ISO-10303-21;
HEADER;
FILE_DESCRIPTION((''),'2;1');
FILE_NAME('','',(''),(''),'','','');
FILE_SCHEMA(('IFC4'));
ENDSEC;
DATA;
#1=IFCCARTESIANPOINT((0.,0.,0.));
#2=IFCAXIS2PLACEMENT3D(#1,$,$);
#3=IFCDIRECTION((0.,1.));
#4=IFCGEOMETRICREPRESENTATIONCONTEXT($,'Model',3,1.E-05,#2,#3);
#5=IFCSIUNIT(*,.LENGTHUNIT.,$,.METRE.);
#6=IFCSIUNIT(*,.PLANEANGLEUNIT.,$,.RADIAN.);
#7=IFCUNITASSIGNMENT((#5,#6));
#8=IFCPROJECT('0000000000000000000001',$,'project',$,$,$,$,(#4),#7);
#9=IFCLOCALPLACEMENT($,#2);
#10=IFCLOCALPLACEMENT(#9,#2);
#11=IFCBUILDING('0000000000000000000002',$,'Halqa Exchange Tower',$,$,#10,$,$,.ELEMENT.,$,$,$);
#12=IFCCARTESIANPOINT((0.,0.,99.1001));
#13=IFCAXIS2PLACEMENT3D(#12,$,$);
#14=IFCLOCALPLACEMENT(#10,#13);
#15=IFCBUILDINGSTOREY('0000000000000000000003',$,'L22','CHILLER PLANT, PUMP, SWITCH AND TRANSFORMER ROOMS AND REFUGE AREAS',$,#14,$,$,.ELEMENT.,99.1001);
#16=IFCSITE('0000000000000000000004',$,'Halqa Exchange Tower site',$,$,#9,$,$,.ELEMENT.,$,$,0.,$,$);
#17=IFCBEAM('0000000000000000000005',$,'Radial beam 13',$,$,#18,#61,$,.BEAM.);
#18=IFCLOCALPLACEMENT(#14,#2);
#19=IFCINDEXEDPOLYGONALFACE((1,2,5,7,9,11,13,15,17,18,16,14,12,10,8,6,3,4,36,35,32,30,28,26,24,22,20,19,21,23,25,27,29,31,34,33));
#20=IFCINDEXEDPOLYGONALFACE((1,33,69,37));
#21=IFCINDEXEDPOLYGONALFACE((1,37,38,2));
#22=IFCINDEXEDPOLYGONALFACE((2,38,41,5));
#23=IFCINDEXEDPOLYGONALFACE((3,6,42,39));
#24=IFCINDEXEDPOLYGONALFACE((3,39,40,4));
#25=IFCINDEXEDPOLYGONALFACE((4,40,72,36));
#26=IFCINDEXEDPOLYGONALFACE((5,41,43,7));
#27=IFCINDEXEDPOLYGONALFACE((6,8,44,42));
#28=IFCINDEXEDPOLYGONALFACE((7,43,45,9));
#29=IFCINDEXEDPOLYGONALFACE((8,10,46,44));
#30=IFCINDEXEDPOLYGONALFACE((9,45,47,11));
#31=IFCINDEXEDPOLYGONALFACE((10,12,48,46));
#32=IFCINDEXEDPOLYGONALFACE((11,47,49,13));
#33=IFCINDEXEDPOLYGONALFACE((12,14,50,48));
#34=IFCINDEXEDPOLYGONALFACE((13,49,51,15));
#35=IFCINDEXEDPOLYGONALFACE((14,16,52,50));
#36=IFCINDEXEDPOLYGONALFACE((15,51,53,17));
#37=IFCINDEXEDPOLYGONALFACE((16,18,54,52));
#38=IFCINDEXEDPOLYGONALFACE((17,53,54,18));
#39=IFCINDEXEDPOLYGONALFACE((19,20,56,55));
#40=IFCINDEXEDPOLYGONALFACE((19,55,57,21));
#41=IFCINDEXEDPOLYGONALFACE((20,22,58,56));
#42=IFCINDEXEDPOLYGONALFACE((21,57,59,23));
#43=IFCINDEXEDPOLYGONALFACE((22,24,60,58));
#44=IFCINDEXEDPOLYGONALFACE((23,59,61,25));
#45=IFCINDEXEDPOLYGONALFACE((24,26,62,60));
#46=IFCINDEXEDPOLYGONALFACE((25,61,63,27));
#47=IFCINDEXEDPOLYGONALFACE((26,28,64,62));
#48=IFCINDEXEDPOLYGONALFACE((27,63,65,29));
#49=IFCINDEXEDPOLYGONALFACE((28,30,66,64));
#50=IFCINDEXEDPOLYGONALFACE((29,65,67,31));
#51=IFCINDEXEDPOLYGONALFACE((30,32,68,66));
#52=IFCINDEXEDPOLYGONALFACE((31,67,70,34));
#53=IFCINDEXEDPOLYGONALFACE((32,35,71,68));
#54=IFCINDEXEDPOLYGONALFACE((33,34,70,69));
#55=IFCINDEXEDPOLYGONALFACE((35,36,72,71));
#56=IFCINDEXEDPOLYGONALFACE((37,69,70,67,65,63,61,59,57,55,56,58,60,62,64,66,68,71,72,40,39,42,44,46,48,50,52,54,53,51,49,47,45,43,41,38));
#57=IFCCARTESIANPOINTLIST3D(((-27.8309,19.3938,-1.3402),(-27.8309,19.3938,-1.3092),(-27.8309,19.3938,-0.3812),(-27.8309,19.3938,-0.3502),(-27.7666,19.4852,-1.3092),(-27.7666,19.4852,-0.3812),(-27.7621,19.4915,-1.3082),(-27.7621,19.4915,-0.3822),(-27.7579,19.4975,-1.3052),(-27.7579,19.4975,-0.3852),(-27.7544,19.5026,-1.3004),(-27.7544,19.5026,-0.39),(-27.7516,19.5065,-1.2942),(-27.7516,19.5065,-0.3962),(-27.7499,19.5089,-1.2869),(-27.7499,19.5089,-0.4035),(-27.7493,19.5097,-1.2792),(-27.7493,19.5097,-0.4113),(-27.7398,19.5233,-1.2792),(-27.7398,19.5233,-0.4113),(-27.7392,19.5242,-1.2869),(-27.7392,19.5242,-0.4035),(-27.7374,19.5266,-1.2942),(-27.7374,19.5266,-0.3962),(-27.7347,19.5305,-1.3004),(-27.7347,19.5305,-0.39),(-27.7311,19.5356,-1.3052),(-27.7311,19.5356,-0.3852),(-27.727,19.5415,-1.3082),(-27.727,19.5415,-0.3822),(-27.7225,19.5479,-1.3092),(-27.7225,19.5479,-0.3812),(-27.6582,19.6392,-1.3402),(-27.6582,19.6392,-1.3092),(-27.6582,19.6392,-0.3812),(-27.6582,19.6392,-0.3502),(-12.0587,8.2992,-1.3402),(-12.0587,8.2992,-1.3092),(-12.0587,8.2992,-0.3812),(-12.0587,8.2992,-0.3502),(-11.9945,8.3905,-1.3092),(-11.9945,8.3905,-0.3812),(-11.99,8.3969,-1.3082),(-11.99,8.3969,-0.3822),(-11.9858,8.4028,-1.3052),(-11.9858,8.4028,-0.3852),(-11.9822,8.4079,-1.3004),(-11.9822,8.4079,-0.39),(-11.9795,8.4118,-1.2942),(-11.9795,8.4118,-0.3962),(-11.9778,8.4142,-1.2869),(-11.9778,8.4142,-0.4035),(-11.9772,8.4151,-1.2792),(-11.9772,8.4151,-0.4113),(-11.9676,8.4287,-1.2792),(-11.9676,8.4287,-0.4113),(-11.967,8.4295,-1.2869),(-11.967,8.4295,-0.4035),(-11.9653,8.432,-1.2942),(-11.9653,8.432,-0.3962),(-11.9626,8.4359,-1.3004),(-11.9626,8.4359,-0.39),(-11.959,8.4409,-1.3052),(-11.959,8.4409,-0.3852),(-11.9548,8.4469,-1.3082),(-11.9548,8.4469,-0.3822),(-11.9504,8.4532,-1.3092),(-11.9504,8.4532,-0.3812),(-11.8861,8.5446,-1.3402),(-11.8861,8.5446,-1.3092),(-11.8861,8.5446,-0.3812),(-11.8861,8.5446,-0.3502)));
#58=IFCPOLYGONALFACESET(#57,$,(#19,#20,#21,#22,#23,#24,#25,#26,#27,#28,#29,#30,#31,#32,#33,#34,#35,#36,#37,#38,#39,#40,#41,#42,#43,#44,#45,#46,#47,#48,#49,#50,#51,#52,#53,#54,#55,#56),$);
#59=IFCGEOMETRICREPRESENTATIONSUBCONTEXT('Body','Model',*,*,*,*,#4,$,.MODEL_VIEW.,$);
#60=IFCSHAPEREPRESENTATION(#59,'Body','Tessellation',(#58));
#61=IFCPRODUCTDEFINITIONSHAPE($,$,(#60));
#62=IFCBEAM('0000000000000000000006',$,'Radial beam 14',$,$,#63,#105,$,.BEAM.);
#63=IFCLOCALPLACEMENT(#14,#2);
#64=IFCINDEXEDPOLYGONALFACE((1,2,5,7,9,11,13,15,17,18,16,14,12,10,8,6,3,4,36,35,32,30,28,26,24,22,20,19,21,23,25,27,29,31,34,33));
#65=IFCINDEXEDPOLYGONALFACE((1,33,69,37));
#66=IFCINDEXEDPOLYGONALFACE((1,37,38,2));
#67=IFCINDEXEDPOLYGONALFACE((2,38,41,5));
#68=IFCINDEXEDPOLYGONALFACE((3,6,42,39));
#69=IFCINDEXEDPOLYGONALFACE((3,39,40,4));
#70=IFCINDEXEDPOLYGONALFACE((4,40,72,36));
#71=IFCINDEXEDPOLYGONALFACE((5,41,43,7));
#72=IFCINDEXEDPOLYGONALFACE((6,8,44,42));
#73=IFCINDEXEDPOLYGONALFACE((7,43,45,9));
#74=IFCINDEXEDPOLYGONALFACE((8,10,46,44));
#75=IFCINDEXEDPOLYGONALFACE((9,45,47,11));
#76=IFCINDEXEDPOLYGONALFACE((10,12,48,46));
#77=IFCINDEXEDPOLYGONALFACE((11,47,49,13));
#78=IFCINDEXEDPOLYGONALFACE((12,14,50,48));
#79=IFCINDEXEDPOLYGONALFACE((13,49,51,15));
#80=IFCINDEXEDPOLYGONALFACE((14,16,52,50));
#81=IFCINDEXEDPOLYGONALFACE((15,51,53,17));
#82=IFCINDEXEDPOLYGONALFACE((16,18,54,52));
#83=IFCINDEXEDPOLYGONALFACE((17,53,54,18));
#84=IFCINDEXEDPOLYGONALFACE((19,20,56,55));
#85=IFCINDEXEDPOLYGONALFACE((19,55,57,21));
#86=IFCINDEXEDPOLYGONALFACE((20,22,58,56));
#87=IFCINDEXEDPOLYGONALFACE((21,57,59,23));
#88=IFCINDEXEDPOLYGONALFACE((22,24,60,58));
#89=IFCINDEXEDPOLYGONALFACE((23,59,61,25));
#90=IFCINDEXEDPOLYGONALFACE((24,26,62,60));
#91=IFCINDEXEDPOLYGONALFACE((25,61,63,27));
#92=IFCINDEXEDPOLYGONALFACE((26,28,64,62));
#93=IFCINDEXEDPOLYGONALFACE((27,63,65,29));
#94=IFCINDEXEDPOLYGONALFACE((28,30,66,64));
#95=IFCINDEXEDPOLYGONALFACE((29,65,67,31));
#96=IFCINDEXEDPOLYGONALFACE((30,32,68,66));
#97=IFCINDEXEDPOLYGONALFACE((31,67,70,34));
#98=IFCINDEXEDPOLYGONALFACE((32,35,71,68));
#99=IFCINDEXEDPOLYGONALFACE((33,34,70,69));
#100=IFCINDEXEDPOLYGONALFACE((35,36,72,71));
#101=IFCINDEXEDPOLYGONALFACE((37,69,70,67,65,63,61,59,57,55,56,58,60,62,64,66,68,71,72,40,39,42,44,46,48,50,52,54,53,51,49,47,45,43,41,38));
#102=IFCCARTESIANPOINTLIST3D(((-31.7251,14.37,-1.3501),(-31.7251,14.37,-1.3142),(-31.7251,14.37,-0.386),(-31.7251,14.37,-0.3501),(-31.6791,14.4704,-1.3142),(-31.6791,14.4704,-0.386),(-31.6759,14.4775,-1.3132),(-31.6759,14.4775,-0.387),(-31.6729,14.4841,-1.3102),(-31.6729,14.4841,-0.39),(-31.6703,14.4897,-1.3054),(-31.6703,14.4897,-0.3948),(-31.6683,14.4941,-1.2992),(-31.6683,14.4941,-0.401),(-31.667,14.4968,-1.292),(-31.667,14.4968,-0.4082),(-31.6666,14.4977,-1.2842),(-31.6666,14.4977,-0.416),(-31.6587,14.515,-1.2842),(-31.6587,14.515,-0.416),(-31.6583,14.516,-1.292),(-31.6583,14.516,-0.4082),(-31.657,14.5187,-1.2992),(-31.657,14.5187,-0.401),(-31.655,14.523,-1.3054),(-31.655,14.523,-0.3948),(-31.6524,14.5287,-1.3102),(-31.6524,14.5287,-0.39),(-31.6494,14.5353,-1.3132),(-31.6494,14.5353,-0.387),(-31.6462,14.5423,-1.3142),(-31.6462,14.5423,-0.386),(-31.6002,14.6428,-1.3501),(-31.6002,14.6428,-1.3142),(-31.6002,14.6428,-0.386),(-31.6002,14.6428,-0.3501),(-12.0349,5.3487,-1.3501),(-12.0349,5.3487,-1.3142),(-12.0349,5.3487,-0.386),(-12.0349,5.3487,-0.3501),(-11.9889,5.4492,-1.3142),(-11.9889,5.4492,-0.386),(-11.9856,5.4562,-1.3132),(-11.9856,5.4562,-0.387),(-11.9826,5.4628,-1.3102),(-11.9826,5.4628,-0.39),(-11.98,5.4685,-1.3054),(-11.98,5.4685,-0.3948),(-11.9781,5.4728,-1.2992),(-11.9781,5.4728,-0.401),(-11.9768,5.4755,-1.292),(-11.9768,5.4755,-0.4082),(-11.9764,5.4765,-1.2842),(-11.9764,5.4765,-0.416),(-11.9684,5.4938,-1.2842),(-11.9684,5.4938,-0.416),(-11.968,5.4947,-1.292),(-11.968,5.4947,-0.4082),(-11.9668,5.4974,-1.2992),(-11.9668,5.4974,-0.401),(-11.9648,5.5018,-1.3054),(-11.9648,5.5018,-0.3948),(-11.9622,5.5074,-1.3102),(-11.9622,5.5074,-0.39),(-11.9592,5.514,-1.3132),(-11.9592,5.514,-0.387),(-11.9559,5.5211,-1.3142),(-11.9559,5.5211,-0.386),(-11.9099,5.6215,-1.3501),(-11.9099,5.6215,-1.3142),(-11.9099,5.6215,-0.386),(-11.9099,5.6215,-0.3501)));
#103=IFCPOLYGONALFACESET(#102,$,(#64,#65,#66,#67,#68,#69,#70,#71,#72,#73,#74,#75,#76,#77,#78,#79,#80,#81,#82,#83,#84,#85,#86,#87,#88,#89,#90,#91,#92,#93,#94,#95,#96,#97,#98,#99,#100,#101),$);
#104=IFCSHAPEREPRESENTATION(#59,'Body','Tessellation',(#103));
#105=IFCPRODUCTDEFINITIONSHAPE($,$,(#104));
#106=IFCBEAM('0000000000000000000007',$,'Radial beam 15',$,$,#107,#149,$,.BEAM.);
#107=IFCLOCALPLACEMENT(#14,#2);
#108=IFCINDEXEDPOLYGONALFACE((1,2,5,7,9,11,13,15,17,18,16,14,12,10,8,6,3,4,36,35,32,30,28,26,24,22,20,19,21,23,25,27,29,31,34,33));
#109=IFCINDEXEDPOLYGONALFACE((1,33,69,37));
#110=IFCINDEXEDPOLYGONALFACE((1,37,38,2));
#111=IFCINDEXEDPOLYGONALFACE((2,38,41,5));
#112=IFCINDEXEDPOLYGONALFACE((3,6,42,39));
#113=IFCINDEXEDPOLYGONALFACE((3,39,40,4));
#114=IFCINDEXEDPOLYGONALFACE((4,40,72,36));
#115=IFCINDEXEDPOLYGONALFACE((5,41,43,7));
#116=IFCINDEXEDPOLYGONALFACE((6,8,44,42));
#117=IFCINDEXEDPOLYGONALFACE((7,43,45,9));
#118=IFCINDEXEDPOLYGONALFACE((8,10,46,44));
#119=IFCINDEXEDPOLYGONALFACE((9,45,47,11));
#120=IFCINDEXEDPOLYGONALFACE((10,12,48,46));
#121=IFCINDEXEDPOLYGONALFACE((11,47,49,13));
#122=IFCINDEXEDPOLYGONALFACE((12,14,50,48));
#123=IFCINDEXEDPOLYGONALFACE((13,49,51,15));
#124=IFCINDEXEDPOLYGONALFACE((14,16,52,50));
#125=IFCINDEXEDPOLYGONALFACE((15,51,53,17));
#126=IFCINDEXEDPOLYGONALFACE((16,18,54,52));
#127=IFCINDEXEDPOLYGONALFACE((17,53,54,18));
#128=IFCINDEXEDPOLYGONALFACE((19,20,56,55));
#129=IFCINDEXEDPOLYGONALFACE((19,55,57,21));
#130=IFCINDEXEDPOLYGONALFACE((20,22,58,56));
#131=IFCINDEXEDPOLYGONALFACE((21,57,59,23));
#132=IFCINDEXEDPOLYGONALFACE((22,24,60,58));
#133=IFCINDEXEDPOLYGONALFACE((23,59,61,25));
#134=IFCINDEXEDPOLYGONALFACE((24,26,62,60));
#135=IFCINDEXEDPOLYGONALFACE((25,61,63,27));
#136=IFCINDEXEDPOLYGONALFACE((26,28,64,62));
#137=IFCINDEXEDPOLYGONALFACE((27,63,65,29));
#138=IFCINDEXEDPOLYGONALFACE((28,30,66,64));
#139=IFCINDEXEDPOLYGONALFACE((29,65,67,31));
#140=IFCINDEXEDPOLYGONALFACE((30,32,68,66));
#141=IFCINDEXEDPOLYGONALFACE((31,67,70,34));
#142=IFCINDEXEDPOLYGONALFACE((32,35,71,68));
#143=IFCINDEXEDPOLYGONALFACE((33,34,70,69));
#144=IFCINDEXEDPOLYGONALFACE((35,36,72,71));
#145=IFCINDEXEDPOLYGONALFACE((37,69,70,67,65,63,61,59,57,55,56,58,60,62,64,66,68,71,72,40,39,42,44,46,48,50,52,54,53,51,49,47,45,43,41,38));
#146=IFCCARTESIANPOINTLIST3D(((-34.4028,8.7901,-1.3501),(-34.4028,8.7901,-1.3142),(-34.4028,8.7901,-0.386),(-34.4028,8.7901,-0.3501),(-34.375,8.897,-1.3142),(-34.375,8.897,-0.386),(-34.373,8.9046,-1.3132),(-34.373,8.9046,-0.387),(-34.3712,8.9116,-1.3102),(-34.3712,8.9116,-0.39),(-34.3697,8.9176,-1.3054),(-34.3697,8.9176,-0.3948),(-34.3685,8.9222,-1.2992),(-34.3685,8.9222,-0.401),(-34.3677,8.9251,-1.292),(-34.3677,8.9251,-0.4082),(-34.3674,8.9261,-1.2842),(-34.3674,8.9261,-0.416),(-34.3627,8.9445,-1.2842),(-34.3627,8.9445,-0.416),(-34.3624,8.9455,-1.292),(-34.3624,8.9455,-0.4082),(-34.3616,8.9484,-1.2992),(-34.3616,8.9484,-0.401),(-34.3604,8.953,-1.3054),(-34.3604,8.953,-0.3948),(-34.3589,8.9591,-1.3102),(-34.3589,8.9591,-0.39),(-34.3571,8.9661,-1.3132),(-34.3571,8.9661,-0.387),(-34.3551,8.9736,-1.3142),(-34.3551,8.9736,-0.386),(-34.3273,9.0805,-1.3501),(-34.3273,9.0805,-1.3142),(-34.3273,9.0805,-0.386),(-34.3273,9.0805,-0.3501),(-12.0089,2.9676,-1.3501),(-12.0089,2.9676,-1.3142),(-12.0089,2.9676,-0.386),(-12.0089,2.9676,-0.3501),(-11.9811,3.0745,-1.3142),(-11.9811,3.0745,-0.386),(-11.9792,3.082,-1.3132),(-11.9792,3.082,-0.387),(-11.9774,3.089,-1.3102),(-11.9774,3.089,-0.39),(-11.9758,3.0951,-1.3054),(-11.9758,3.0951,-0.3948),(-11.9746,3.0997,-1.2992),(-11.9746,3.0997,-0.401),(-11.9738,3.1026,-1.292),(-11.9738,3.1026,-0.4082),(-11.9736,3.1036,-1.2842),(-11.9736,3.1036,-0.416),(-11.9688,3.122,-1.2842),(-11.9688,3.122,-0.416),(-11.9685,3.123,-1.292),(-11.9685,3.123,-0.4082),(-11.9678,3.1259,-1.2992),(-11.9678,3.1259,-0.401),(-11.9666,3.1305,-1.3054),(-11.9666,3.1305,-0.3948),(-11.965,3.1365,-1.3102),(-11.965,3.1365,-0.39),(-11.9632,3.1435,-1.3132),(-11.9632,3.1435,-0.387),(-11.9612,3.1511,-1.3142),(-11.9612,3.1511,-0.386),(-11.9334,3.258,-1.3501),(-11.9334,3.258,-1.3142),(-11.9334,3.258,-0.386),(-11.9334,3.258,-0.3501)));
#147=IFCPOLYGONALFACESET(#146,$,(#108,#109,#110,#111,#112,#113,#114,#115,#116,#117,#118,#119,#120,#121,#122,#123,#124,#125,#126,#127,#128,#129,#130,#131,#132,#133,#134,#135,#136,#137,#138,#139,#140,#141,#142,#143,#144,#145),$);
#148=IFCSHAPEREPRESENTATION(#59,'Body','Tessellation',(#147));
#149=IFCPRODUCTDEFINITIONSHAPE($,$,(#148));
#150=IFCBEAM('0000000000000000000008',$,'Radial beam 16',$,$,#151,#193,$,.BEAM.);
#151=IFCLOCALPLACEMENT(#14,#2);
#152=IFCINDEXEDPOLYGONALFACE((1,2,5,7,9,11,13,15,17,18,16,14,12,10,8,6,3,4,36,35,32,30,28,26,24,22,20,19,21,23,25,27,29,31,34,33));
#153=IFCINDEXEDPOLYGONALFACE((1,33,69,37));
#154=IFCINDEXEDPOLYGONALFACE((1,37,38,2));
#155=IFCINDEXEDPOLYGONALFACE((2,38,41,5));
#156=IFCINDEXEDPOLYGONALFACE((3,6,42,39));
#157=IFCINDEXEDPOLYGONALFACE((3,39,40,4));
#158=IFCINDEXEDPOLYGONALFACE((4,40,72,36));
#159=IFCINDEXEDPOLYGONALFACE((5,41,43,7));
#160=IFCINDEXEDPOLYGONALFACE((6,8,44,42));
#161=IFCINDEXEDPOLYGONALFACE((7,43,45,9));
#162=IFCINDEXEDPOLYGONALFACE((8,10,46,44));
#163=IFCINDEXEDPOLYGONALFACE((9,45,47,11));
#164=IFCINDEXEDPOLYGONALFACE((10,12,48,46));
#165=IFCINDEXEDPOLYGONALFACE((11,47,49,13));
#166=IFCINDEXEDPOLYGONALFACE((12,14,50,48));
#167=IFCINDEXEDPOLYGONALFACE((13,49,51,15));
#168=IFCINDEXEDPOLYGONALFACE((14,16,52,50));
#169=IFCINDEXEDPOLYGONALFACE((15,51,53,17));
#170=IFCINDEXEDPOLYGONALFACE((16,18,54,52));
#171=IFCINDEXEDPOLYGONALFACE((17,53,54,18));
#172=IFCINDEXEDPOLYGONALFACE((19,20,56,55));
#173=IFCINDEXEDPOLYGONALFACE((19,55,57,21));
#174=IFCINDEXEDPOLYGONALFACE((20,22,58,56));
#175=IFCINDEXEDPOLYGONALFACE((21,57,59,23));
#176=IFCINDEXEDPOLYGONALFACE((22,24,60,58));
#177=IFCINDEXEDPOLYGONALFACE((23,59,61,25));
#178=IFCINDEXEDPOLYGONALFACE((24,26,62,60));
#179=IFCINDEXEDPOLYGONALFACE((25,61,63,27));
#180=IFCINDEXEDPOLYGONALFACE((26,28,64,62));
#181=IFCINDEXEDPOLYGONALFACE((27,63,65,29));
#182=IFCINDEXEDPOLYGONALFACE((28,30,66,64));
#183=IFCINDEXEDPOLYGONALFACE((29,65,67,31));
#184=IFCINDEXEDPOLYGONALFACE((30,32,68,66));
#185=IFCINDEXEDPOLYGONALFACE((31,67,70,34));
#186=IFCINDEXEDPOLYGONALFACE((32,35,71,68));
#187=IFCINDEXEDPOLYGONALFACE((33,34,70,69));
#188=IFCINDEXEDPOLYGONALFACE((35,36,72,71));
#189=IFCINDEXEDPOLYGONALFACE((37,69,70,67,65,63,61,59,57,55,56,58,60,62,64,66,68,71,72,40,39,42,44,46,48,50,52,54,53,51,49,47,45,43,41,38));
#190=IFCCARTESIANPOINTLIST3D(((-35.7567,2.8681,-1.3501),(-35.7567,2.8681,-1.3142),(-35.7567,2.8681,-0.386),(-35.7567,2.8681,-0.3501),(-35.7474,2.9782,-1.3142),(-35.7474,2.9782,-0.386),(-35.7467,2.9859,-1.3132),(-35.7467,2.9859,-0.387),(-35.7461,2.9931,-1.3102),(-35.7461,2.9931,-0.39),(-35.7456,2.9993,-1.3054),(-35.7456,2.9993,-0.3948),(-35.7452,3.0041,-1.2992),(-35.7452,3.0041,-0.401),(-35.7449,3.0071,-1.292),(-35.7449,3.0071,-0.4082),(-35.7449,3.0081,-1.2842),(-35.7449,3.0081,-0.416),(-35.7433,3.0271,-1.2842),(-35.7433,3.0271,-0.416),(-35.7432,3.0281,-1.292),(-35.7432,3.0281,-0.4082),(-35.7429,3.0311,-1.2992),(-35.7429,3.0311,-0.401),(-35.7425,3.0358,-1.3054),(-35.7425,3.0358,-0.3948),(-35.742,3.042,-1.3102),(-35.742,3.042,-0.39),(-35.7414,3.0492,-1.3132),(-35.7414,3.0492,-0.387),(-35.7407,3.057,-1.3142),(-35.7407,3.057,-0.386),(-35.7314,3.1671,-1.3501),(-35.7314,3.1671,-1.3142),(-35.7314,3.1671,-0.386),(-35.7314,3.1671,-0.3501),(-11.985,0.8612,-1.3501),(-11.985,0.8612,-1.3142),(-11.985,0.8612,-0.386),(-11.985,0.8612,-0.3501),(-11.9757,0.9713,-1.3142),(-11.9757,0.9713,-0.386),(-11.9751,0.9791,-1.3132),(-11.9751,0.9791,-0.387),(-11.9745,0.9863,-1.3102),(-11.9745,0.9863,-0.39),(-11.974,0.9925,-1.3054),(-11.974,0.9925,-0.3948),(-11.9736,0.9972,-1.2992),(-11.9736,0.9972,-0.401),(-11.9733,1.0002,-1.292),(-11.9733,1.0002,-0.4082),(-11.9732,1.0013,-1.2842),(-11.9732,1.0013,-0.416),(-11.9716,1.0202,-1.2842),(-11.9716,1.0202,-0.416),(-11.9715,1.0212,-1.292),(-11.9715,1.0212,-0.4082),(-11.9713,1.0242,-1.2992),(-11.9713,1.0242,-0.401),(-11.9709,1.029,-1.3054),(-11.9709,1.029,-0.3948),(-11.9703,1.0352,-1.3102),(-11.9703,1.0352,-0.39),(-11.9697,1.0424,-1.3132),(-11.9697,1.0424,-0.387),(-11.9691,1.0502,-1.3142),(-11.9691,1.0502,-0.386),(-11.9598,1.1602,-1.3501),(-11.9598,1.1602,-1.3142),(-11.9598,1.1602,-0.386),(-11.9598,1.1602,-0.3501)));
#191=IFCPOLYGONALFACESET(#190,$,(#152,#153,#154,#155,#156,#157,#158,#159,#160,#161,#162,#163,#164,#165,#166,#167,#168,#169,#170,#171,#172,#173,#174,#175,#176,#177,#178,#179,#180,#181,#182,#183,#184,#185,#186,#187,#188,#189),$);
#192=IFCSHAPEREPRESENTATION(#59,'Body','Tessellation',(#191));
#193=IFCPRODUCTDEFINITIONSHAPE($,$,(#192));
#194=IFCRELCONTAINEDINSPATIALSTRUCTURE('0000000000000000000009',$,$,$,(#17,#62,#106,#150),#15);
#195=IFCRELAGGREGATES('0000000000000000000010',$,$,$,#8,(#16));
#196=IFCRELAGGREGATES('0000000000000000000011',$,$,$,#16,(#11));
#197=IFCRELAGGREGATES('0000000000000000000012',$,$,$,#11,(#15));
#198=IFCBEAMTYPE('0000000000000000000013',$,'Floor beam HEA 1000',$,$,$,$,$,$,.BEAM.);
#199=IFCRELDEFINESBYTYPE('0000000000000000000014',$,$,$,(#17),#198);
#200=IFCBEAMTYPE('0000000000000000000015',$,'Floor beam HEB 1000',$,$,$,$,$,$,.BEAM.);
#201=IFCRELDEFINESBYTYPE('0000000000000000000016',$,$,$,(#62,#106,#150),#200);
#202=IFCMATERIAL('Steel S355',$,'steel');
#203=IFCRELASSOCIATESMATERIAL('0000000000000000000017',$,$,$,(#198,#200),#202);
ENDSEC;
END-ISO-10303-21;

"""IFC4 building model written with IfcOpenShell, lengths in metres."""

from ifc_helpers import new_model, si_unit, direction, frame, origin, origin_2d, place, context, subcontext, project, spatial, i_section, extrude, material, material_profile, profile_set, type_object, element, save


model = new_model("IFC4")

# Units and contexts
model_context = context("Model", 3, precision=1e-05, world=origin(), true_north=direction((0.0, 1.0)))
body_context = subcontext(model_context, "Body", "Model", "MODEL_VIEW")
ifc_project = project(units=[si_unit("LENGTHUNIT", "METRE"), si_unit("PLANEANGLEUNIT", "RADIAN")], contexts=[model_context])

# Site, building, storey
site_placement = place(None, origin())
site = spatial("IfcSite", under=ifc_project, at=site_placement, Name="Halqa Exchange Tower site", CompositionType="ELEMENT", RefElevation=0.0)
building_placement = place(site_placement, origin())
building = spatial("IfcBuilding", under=site, at=building_placement, Name="Halqa Exchange Tower", CompositionType="ELEMENT")
storey_placement = place(building_placement, frame((0.0, 0.0, 99.1001)))
storey = spatial("IfcBuildingStorey", under=building, at=storey_placement, Name="L22", Description="CHILLER PLANT, PUMP, SWITCH AND TRANSFORMER ROOMS AND REFUGE AREAS", CompositionType="ELEMENT", Elevation=99.1001)

# Beams
ifc_material_1 = material(Name="Steel S355", Category="steel")
ifc_material_profile_1 = material_profile(ifc_material_1, i_section(OverallWidth=0.3, OverallDepth=0.99, WebThickness=0.0166, FlangeThickness=0.031, FilletRadius=0.03, at=origin_2d()), Name="HEA 1000")
ifc_profile_set_1 = profile_set([ifc_material_profile_1], Name="Steel S355")
beam_type_1 = type_object("IfcBeamType", Name="Floor beam HEA 1000", PredefinedType="BEAM", material=ifc_profile_set_1)
beam_1_placement = place(storey_placement, frame((-11.9724, 8.4219, -0.8452), z_axis=(-0.81791, 0.575346, 0.0), x_axis=(-0.575346, -0.81791, 0.0)))
element("IfcBeam", 1, at=beam_1_placement, inside=storey, type_object=beam_type_1, Name="Radial beam 13", PredefinedType="BEAM", context=body_context, shape_type="SweptSolid", body=[
    extrude(i_section(OverallWidth=0.3, OverallDepth=0.99, WebThickness=0.0166, FlangeThickness=0.031, FilletRadius=0.03, at=origin_2d()), origin(), (0.0, 0.0, 1.0), 19.2834),
])
ifc_material_profile_2 = material_profile(ifc_material_1, i_section(OverallWidth=0.3, OverallDepth=1.0, WebThickness=0.019, FlangeThickness=0.0359, FilletRadius=0.03, at=origin_2d()), Name="HEB 1000")
ifc_profile_set_2 = profile_set([ifc_material_profile_2], Name="Steel S355")
beam_type_2 = type_object("IfcBeamType", Name="Floor beam HEB 1000", PredefinedType="BEAM", material=ifc_profile_set_2)
beam_2_placement = place(storey_placement, frame((-11.9724, 5.4851, -0.8501), z_axis=(-0.909125, 0.416524, 0.0), x_axis=(-0.416524, -0.909125, 0.0)))
element("IfcBeam", 2, at=beam_2_placement, inside=storey, type_object=beam_type_2, Name="Radial beam 14", PredefinedType="BEAM", context=body_context, shape_type="SweptSolid", body=[
    extrude(i_section(OverallWidth=0.3, OverallDepth=1.0, WebThickness=0.019, FlangeThickness=0.0359, FilletRadius=0.03, at=origin_2d()), origin(), (0.0, 0.0, 1.0), 21.6584),
])
beam_3_placement = place(storey_placement, frame((-11.9712, 3.1128, -0.8501), z_axis=(-0.967821, 0.251639, 0.0), x_axis=(-0.251639, -0.967821, 0.0)))
element("IfcBeam", 3, at=beam_3_placement, inside=storey, type_object=beam_type_2, Name="Radial beam 15", PredefinedType="BEAM", context=body_context, shape_type="SweptSolid", body=[
    extrude(i_section(OverallWidth=0.3, OverallDepth=1.0, WebThickness=0.019, FlangeThickness=0.0359, FilletRadius=0.03, at=origin_2d()), origin(), (0.0, 0.0, 1.0), 23.1384),
])
beam_4_placement = place(storey_placement, frame((-11.9724, 1.0107, -0.8501), z_axis=(-0.996455, 0.084122, 0.0), x_axis=(-0.084122, -0.996455, 0.0)))
element("IfcBeam", 4, at=beam_4_placement, inside=storey, type_object=beam_type_2, Name="Radial beam 16", PredefinedType="BEAM", context=body_context, shape_type="SweptSolid", body=[
    extrude(i_section(OverallWidth=0.3, OverallDepth=1.0, WebThickness=0.019, FlangeThickness=0.0359, FilletRadius=0.03, at=origin_2d()), origin(), (0.0, 0.0, 1.0), 23.8562),
])

save(model, "model.ifc")
